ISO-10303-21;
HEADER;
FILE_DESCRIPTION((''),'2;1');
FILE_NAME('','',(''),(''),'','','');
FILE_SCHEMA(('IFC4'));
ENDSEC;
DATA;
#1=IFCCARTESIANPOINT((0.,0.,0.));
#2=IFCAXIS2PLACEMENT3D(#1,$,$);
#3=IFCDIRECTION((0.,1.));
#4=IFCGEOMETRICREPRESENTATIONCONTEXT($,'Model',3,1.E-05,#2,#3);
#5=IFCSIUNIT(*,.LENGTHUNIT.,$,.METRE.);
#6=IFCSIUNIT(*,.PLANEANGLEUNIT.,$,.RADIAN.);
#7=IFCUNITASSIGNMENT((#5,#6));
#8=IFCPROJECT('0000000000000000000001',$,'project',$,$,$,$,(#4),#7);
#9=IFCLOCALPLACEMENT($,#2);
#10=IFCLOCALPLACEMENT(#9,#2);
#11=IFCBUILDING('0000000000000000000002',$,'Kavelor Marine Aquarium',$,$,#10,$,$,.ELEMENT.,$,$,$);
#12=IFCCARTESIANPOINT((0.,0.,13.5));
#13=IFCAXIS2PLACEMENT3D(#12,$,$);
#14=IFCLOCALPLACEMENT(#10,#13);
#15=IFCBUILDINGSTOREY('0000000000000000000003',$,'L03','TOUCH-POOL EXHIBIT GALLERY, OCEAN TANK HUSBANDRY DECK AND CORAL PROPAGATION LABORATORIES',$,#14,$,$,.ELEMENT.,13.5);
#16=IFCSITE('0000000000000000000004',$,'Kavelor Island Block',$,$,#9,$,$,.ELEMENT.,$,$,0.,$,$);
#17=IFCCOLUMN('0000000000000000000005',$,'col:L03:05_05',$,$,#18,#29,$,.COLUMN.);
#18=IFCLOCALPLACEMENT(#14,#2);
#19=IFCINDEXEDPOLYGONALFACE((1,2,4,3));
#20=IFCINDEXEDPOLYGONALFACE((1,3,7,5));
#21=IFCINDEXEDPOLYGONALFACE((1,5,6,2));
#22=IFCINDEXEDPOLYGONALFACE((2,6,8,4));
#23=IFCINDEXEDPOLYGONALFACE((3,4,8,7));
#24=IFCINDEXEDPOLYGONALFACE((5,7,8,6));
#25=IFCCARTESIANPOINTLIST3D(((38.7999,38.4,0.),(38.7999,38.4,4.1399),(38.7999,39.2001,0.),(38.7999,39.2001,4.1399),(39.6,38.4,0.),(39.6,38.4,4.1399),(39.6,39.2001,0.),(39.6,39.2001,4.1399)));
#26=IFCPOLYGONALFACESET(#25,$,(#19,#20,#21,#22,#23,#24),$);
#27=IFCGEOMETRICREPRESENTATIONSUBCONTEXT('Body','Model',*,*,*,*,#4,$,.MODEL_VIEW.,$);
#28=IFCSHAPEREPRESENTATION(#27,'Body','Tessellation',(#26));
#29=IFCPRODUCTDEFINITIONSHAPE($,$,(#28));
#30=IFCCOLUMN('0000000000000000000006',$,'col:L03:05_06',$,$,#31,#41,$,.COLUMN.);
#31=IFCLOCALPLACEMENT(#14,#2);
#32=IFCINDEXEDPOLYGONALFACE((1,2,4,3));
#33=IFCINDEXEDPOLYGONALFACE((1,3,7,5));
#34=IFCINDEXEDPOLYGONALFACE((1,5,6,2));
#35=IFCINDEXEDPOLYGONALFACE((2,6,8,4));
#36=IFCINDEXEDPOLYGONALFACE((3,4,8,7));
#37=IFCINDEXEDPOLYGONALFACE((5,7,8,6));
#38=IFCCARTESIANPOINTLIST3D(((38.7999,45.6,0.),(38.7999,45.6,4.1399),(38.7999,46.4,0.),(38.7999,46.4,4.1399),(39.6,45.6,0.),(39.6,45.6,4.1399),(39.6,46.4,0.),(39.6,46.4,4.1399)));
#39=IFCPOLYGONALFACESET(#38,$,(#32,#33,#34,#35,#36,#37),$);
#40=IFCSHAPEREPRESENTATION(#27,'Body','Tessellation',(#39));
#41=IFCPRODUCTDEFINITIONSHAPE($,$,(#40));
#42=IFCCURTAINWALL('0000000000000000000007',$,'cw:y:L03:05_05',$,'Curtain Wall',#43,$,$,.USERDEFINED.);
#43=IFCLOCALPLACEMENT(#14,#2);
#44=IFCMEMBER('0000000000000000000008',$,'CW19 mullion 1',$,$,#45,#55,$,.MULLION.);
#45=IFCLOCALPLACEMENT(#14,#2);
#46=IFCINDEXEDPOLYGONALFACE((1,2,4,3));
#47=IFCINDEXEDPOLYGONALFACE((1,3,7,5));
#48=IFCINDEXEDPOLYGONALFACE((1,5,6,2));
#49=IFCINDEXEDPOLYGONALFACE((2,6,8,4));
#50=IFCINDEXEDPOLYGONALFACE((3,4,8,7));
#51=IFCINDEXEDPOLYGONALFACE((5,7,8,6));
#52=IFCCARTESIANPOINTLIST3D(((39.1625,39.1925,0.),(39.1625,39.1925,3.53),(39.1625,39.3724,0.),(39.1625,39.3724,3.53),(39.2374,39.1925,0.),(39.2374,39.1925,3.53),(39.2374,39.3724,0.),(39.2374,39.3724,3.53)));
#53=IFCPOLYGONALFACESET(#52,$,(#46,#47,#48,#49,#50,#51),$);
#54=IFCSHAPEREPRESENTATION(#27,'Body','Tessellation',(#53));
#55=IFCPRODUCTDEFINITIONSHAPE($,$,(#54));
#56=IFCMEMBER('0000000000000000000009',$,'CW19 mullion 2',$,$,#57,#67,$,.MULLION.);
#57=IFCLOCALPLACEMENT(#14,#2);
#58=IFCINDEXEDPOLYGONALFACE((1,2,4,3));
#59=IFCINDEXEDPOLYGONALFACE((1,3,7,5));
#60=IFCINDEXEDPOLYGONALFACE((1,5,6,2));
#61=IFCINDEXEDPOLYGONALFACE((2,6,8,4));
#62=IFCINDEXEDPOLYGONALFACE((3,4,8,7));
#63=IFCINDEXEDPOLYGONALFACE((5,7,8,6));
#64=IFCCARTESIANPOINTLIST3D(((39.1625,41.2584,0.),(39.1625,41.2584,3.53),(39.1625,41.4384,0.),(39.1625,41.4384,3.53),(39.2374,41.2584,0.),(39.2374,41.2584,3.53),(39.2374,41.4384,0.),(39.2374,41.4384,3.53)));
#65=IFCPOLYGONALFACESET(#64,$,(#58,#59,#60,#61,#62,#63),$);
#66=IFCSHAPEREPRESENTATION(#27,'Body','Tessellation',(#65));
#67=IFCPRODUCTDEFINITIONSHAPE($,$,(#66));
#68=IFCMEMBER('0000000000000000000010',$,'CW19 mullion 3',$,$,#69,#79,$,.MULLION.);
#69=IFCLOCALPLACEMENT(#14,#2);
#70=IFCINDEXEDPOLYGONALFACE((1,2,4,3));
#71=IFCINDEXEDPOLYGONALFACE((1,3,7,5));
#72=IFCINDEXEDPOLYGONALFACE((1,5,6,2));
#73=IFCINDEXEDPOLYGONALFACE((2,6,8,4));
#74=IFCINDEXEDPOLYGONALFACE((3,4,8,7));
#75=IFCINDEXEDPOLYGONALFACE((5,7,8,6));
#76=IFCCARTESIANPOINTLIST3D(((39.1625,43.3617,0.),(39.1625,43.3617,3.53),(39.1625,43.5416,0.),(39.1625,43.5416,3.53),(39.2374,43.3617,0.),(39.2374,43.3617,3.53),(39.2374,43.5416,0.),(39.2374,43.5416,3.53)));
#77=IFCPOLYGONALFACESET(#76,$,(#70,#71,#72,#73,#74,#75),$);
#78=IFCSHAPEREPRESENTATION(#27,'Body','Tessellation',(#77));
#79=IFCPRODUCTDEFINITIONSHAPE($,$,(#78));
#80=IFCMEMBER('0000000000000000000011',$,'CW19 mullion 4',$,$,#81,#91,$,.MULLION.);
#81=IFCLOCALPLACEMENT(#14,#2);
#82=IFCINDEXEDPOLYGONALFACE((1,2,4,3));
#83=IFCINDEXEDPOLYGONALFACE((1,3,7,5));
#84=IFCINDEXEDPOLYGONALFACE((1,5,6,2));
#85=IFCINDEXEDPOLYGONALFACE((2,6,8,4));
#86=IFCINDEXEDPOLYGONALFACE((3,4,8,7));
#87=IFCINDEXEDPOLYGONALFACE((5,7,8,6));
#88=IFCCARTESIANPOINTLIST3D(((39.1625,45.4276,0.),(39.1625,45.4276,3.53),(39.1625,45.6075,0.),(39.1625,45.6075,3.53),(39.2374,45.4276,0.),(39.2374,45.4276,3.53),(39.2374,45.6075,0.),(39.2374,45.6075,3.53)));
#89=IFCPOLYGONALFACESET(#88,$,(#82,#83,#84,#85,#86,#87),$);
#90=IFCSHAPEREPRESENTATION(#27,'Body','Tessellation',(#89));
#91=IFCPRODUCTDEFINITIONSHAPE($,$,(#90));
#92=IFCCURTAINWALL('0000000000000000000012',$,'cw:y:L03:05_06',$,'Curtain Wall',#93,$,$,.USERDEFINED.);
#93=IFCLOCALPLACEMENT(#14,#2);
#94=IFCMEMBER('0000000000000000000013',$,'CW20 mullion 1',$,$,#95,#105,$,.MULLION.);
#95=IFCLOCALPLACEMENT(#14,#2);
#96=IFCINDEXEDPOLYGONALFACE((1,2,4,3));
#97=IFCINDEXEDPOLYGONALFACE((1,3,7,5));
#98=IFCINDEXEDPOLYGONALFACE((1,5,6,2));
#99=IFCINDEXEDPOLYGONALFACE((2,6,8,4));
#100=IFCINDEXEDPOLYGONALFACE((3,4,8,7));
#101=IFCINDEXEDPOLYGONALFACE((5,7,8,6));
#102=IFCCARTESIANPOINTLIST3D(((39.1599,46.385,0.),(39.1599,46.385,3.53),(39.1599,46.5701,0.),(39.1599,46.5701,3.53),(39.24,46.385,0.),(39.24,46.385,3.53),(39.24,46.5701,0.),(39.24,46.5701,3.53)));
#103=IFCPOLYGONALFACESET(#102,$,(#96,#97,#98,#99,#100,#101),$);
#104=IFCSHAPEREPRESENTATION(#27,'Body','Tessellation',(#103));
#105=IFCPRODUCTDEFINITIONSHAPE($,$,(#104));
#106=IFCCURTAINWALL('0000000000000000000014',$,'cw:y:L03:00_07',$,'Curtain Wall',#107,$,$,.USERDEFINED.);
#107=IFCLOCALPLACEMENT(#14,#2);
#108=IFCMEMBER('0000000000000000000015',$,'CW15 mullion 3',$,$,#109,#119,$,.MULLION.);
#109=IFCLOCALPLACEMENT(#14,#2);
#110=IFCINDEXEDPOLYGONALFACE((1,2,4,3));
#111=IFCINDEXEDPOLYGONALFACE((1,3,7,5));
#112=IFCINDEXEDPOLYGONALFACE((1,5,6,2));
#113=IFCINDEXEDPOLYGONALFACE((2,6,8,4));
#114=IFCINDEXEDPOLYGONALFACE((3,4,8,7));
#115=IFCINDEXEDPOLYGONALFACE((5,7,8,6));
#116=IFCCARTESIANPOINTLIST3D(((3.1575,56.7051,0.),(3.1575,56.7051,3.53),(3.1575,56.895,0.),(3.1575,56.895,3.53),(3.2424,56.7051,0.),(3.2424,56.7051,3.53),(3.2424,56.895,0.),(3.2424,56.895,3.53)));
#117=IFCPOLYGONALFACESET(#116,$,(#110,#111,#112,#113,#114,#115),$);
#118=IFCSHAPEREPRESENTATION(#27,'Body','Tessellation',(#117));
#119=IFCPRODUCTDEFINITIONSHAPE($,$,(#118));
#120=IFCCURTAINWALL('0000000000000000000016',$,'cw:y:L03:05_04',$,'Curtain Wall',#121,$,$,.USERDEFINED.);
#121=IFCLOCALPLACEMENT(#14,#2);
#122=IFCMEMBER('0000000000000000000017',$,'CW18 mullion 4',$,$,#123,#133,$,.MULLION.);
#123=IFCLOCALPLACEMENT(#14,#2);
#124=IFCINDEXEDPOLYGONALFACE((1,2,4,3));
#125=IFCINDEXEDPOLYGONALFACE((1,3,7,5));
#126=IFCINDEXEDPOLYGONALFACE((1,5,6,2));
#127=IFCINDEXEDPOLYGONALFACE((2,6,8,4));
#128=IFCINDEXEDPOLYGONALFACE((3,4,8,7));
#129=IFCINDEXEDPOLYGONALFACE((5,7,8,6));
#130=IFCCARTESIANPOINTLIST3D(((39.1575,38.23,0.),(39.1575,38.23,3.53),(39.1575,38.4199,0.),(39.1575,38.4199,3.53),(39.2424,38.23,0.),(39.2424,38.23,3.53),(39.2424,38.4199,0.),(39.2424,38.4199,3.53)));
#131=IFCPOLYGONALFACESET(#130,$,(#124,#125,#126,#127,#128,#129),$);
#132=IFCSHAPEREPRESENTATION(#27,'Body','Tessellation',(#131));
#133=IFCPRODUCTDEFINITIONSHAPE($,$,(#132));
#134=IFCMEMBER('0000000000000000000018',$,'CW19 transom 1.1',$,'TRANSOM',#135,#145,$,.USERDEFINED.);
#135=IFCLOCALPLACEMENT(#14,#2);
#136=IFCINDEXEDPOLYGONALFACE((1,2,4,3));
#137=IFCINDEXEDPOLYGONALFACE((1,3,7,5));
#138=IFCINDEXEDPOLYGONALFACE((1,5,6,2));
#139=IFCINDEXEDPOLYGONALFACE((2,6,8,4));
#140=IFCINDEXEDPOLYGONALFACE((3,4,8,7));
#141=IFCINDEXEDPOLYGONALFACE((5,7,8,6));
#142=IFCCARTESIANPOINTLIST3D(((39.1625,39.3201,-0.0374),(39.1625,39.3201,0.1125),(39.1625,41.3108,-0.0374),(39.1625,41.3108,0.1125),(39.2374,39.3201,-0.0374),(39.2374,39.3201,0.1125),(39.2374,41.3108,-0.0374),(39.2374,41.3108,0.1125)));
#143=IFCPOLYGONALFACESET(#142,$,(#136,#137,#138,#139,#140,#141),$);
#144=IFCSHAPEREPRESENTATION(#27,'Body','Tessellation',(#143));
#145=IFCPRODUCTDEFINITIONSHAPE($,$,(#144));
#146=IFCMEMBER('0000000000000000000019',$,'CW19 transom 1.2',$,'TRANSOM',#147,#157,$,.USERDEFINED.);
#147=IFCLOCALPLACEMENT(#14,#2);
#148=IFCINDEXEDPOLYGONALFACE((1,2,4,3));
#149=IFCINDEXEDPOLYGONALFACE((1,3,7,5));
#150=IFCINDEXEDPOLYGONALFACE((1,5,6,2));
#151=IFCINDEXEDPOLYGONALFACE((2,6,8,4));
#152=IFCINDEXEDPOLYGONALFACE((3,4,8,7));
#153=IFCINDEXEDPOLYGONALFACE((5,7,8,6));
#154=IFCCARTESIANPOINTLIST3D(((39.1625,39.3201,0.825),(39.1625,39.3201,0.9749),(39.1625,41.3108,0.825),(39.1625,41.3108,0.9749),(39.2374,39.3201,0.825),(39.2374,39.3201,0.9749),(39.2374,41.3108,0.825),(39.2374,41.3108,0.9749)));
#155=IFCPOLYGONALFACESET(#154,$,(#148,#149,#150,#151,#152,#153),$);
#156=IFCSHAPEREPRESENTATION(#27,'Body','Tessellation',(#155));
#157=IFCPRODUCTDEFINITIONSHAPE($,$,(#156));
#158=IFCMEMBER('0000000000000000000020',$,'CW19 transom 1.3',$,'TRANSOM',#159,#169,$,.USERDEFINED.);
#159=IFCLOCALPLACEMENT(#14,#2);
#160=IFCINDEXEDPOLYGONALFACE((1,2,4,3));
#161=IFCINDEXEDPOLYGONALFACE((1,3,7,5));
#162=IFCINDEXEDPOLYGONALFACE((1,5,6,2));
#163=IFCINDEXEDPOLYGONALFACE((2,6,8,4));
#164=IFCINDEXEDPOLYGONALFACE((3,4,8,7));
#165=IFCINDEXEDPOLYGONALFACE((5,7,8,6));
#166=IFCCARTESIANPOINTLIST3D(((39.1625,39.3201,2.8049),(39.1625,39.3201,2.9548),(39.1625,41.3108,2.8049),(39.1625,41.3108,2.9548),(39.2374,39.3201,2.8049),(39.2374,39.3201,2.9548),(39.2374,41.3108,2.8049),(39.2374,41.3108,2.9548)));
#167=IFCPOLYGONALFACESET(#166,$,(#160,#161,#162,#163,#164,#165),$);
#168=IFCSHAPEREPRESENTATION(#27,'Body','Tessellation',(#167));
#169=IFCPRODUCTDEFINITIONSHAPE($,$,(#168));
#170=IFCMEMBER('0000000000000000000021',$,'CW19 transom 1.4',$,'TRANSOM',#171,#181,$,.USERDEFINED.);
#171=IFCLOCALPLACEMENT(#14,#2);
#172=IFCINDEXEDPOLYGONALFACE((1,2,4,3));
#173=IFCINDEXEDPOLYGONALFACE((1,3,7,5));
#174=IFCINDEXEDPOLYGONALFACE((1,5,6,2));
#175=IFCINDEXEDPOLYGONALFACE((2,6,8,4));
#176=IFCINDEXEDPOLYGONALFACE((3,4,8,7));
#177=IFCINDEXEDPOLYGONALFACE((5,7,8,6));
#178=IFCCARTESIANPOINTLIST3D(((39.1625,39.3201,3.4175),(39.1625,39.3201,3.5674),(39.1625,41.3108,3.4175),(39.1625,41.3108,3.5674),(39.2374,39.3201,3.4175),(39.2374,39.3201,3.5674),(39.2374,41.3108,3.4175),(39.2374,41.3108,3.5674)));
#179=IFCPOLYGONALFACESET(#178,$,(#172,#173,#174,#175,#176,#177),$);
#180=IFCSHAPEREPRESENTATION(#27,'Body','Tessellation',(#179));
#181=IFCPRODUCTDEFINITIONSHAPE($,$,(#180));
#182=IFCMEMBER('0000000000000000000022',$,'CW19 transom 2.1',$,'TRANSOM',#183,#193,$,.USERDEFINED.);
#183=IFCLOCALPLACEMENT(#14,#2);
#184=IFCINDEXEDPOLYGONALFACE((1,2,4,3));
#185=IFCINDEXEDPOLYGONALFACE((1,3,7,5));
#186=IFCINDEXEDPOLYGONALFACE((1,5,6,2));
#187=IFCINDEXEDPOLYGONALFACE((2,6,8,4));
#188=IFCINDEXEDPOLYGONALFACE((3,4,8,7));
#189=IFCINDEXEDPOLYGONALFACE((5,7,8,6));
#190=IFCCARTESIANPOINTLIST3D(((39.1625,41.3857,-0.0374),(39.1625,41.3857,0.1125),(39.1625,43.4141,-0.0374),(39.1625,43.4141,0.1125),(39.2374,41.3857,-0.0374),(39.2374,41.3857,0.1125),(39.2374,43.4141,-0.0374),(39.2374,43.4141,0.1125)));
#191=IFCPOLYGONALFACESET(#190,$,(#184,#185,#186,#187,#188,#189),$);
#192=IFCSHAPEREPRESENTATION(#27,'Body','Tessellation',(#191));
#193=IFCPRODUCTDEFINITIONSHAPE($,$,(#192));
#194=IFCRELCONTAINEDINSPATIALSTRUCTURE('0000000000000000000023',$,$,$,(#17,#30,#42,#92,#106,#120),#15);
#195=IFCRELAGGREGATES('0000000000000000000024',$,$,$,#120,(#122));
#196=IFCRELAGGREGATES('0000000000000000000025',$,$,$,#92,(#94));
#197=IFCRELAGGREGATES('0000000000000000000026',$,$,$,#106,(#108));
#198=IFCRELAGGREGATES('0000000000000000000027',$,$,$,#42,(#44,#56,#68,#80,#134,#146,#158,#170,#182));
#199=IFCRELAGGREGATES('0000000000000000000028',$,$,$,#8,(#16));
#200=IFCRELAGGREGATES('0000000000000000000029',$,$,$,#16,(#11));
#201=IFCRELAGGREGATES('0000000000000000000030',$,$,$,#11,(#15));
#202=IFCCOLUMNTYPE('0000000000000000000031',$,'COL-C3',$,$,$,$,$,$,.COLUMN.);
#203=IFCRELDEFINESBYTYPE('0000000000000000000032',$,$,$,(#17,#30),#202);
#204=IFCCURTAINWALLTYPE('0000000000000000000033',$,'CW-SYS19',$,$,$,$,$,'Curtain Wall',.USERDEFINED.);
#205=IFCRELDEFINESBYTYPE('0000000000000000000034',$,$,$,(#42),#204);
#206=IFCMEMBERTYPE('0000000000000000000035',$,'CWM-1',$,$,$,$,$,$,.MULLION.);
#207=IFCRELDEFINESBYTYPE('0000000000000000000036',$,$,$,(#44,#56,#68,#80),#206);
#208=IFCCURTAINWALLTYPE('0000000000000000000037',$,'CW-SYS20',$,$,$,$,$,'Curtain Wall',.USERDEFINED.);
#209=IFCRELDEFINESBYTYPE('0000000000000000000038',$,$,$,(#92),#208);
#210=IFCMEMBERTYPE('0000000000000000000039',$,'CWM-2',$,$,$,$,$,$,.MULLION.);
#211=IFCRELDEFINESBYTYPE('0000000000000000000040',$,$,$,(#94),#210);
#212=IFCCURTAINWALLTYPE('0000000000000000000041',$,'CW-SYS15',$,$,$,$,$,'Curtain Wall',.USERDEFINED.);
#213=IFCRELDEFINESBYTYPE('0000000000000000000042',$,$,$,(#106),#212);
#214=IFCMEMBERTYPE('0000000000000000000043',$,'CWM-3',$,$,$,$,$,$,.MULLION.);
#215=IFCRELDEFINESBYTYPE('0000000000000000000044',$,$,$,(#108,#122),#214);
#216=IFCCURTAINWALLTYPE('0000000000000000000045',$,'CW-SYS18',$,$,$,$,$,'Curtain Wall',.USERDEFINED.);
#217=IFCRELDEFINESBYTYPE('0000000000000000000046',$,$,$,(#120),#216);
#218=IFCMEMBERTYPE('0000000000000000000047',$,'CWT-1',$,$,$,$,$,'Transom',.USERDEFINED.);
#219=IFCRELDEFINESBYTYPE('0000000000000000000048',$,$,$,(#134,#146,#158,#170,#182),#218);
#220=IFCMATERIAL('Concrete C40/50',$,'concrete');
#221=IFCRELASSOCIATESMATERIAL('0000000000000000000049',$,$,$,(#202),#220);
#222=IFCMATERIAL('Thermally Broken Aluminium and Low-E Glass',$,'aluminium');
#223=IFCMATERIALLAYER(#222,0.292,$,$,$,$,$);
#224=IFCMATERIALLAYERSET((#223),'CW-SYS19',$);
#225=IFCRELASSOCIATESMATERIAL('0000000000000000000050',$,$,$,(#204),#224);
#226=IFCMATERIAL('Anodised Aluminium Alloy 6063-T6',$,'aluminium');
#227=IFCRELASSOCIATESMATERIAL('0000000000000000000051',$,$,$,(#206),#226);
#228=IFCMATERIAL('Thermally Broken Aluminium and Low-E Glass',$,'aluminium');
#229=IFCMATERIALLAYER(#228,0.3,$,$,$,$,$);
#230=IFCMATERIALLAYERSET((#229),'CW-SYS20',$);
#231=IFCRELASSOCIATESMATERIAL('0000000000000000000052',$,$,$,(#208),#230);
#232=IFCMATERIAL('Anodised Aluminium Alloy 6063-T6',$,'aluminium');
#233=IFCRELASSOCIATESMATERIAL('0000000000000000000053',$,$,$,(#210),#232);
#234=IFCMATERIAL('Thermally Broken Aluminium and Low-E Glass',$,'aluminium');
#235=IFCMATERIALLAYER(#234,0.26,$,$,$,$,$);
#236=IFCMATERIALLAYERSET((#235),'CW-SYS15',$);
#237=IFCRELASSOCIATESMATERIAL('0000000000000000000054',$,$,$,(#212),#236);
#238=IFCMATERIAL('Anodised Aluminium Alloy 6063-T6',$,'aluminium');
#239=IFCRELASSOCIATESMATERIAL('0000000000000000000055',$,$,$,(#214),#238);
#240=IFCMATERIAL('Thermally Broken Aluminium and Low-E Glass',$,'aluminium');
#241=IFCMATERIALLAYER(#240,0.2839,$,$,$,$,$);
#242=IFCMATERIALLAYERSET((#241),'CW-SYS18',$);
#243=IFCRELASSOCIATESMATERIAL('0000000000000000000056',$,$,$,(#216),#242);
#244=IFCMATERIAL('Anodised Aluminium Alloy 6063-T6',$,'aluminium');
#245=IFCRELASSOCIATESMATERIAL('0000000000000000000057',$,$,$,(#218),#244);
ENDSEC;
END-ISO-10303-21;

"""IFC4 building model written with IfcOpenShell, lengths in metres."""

from ifc_helpers import new_model, si_unit, direction, frame, origin, origin_2d, place, context, subcontext, project, spatial, rectangle, extrude, material, layer, layer_set, material_profile, profile_set, type_object, element, aggregate, save


model = new_model("IFC4")

# Units and contexts
model_context = context("Model", 3, precision=1e-05, world=origin(), true_north=direction((0.0, 1.0)))
body_context = subcontext(model_context, "Body", "Model", "MODEL_VIEW")
ifc_project = project(units=[si_unit("LENGTHUNIT", "METRE"), si_unit("PLANEANGLEUNIT", "RADIAN")], contexts=[model_context])

# Site, building, storey
site_placement = place(None, origin())
site = spatial("IfcSite", under=ifc_project, at=site_placement, Name="Kavelor Island Block", CompositionType="ELEMENT", RefElevation=0.0)
building_placement = place(site_placement, origin())
building = spatial("IfcBuilding", under=site, at=building_placement, Name="Kavelor Marine Aquarium", CompositionType="ELEMENT")
storey_placement = place(building_placement, frame((0.0, 0.0, 13.5)))
storey = spatial("IfcBuildingStorey", under=building, at=storey_placement, Name="L03", Description="TOUCH-POOL EXHIBIT GALLERY, OCEAN TANK HUSBANDRY DECK AND CORAL PROPAGATION LABORATORIES", CompositionType="ELEMENT", Elevation=13.5)

# Columns
ifc_material_1 = material(Name="Concrete C40/50", Category="concrete")
ifc_material_profile_1 = material_profile(ifc_material_1, rectangle(XDim=0.8, YDim=0.8, at=origin_2d()), Name="RC-COL 800x800")
ifc_profile_set_1 = profile_set([ifc_material_profile_1], Name="Concrete C40/50")
column_type = type_object("IfcColumnType", Name="COL-C3", PredefinedType="COLUMN", material=ifc_profile_set_1)
for number, where, z_axis, x_axis, name in (
    (1, (39.2, 38.8, 0.0), (0.0, 0.0, 1.0), (1.0, 0.0, 0.0), "col:L03:05_05"),
    (2, (39.2, 46.0, 0.0), (0.0, 0.0, 1.0), (1.0, 0.0, 0.0), "col:L03:05_06"),
):
    element("IfcColumn", number, at=place(storey_placement, frame(where, z_axis=z_axis, x_axis=x_axis)), inside=storey, type_object=column_type, Name=name, PredefinedType="COLUMN", context=body_context, shape_type="SweptSolid", body=[
        extrude(rectangle(XDim=0.8, YDim=0.8, at=origin_2d()), origin(), (0.0, 0.0, 1.0), 4.1399),
    ])

# Curtain wall, members
ifc_material_2 = material(Name="Thermally Broken Aluminium and Low-E Glass", Category="aluminium")
ifc_layer_1 = layer(ifc_material_2, 0.292)
ifc_layer_set_1 = layer_set([ifc_layer_1], Name="CW-SYS19")
curtain_wall_type_1 = type_object("IfcCurtainWallType", Name="CW-SYS19", ElementType="Curtain Wall", PredefinedType="USERDEFINED", material=ifc_layer_set_1)
curtain_wall_1_placement = place(storey_placement, origin())
curtain_wall_1 = element("IfcCurtainWall", 3, at=curtain_wall_1_placement, inside=storey, type_object=curtain_wall_type_1, Name="cw:y:L03:05_05", ObjectType="Curtain Wall", PredefinedType="USERDEFINED")
ifc_material_3 = material(Name="Anodised Aluminium Alloy 6063-T6", Category="aluminium")
ifc_material_profile_2 = material_profile(ifc_material_3, rectangle(XDim=0.075, YDim=0.1799, at=origin_2d()), Name="CW-MUL 75x180")
ifc_profile_set_2 = profile_set([ifc_material_profile_2], Name="Anodised Aluminium Alloy 6063-T6")
member_type_1 = type_object("IfcMemberType", Name="CWM-1", PredefinedType="MULLION", material=ifc_profile_set_2)
member_1_placement = place(storey_placement, frame((39.2, 39.2825, 0.0), z_axis=(0.0, 0.0, 1.0), x_axis=(-1.0, 0.0, 0.0)))
member_1 = element("IfcMember", 4, at=member_1_placement, type_object=member_type_1, Name="CW19 mullion 1", PredefinedType="MULLION", context=body_context, shape_type="SweptSolid", body=[
    extrude(rectangle(XDim=0.075, YDim=0.1799, at=origin_2d()), origin(), (0.0, 0.0, 1.0), 3.53),
])
member_2_placement = place(storey_placement, frame((39.2, 41.3484, 0.0), z_axis=(0.0, 0.0, 1.0), x_axis=(-1.0, 0.0, 0.0)))
member_2 = element("IfcMember", 5, at=member_2_placement, type_object=member_type_1, Name="CW19 mullion 2", PredefinedType="MULLION", context=body_context, shape_type="SweptSolid", body=[
    extrude(rectangle(XDim=0.075, YDim=0.1799, at=origin_2d()), origin(), (0.0, 0.0, 1.0), 3.53),
])
member_3_placement = place(storey_placement, frame((39.2, 43.4517, 0.0), z_axis=(0.0, 0.0, 1.0), x_axis=(-1.0, 0.0, 0.0)))
member_3 = element("IfcMember", 6, at=member_3_placement, type_object=member_type_1, Name="CW19 mullion 3", PredefinedType="MULLION", context=body_context, shape_type="SweptSolid", body=[
    extrude(rectangle(XDim=0.075, YDim=0.1799, at=origin_2d()), origin(), (0.0, 0.0, 1.0), 3.53),
])
member_4_placement = place(storey_placement, frame((39.2, 45.5176, 0.0), z_axis=(0.0, 0.0, 1.0), x_axis=(-1.0, 0.0, 0.0)))
member_4 = element("IfcMember", 7, at=member_4_placement, type_object=member_type_1, Name="CW19 mullion 4", PredefinedType="MULLION", context=body_context, shape_type="SweptSolid", body=[
    extrude(rectangle(XDim=0.075, YDim=0.1799, at=origin_2d()), origin(), (0.0, 0.0, 1.0), 3.53),
])

# Curtain walls, members
ifc_material_4 = material(Name="Thermally Broken Aluminium and Low-E Glass", Category="aluminium")
ifc_layer_2 = layer(ifc_material_4, 0.3)
ifc_layer_set_2 = layer_set([ifc_layer_2], Name="CW-SYS20")
curtain_wall_type_2 = type_object("IfcCurtainWallType", Name="CW-SYS20", ElementType="Curtain Wall", PredefinedType="USERDEFINED", material=ifc_layer_set_2)
curtain_wall_2_placement = place(storey_placement, origin())
curtain_wall_2 = element("IfcCurtainWall", 8, at=curtain_wall_2_placement, inside=storey, type_object=curtain_wall_type_2, Name="cw:y:L03:05_06", ObjectType="Curtain Wall", PredefinedType="USERDEFINED")
ifc_material_5 = material(Name="Anodised Aluminium Alloy 6063-T6", Category="aluminium")
ifc_material_profile_3 = material_profile(ifc_material_5, rectangle(XDim=0.0801, YDim=0.1851, at=origin_2d()), Name="CW-MUL 80x185")
ifc_profile_set_3 = profile_set([ifc_material_profile_3], Name="Anodised Aluminium Alloy 6063-T6")
member_type_2 = type_object("IfcMemberType", Name="CWM-2", PredefinedType="MULLION", material=ifc_profile_set_3)
member_5_placement = place(storey_placement, frame((39.2, 46.4775, 0.0), z_axis=(0.0, 0.0, 1.0), x_axis=(-1.0, 0.0, 0.0)))
member_5 = element("IfcMember", 9, at=member_5_placement, type_object=member_type_2, Name="CW20 mullion 1", PredefinedType="MULLION", context=body_context, shape_type="SweptSolid", body=[
    extrude(rectangle(XDim=0.0801, YDim=0.1851, at=origin_2d()), origin(), (0.0, 0.0, 1.0), 3.53),
])
ifc_material_6 = material(Name="Thermally Broken Aluminium and Low-E Glass", Category="aluminium")
ifc_layer_3 = layer(ifc_material_6, 0.26)
ifc_layer_set_3 = layer_set([ifc_layer_3], Name="CW-SYS15")
curtain_wall_type_3 = type_object("IfcCurtainWallType", Name="CW-SYS15", ElementType="Curtain Wall", PredefinedType="USERDEFINED", material=ifc_layer_set_3)
curtain_wall_3_placement = place(storey_placement, origin())
curtain_wall_3 = element("IfcCurtainWall", 10, at=curtain_wall_3_placement, inside=storey, type_object=curtain_wall_type_3, Name="cw:y:L03:00_07", ObjectType="Curtain Wall", PredefinedType="USERDEFINED")
ifc_material_7 = material(Name="Anodised Aluminium Alloy 6063-T6", Category="aluminium")
ifc_material_profile_4 = material_profile(ifc_material_7, rectangle(XDim=0.085, YDim=0.1899, at=origin_2d()), Name="CW-MUL 85x190")
ifc_profile_set_4 = profile_set([ifc_material_profile_4], Name="Anodised Aluminium Alloy 6063-T6")
member_type_3 = type_object("IfcMemberType", Name="CWM-3", PredefinedType="MULLION", material=ifc_profile_set_4)
member_6_placement = place(storey_placement, frame((3.2, 56.8, 0.0), z_axis=(0.0, 0.0, 1.0), x_axis=(1.0, 0.0, 0.0)))
member_6 = element("IfcMember", 11, at=member_6_placement, type_object=member_type_3, Name="CW15 mullion 3", PredefinedType="MULLION", context=body_context, shape_type="SweptSolid", body=[
    extrude(rectangle(XDim=0.085, YDim=0.1899, at=origin_2d()), origin(), (0.0, 0.0, 1.0), 3.53),
])
ifc_material_8 = material(Name="Thermally Broken Aluminium and Low-E Glass", Category="aluminium")
ifc_layer_4 = layer(ifc_material_8, 0.2839)
ifc_layer_set_4 = layer_set([ifc_layer_4], Name="CW-SYS18")
curtain_wall_type_4 = type_object("IfcCurtainWallType", Name="CW-SYS18", ElementType="Curtain Wall", PredefinedType="USERDEFINED", material=ifc_layer_set_4)
curtain_wall_4_placement = place(storey_placement, origin())
curtain_wall_4 = element("IfcCurtainWall", 12, at=curtain_wall_4_placement, inside=storey, type_object=curtain_wall_type_4, Name="cw:y:L03:05_04", ObjectType="Curtain Wall", PredefinedType="USERDEFINED")
member_7_placement = place(storey_placement, frame((39.2, 38.325, 0.0), z_axis=(0.0, 0.0, 1.0), x_axis=(-1.0, 0.0, 0.0)))
member_7 = element("IfcMember", 13, at=member_7_placement, type_object=member_type_3, Name="CW18 mullion 4", PredefinedType="MULLION", context=body_context, shape_type="SweptSolid", body=[
    extrude(rectangle(XDim=0.085, YDim=0.1899, at=origin_2d()), origin(), (0.0, 0.0, 1.0), 3.53),
])
aggregate(curtain_wall_4, [member_7])

# Members
ifc_material_9 = material(Name="Anodised Aluminium Alloy 6063-T6", Category="aluminium")
ifc_material_profile_5 = material_profile(ifc_material_9, rectangle(XDim=0.075, YDim=0.1499, at=origin_2d()), Name="CW-TRN 75x150")
ifc_profile_set_5 = profile_set([ifc_material_profile_5], Name="Anodised Aluminium Alloy 6063-T6")
member_type_4 = type_object("IfcMemberType", Name="CWT-1", ElementType="Transom", PredefinedType="USERDEFINED", material=ifc_profile_set_5)
member_8_placement = place(storey_placement, frame((39.2, 39.3201, 0.0376), z_axis=(0.0, 1.0, 0.0), x_axis=(-1.0, 0.0, 0.0)))
member_8 = element("IfcMember", 14, at=member_8_placement, type_object=member_type_4, Name="CW19 transom 1.1", ObjectType="TRANSOM", PredefinedType="USERDEFINED", context=body_context, shape_type="SweptSolid", body=[
    extrude(rectangle(XDim=0.075, YDim=0.1499, at=origin_2d()), origin(), (0.0, 0.0, 1.0), 1.9907),
])
member_9_placement = place(storey_placement, frame((39.2, 39.3201, 0.8999), z_axis=(0.0, 1.0, 0.0), x_axis=(-1.0, 0.0, 0.0)))
member_9 = element("IfcMember", 15, at=member_9_placement, type_object=member_type_4, Name="CW19 transom 1.2", ObjectType="TRANSOM", PredefinedType="USERDEFINED", context=body_context, shape_type="SweptSolid", body=[
    extrude(rectangle(XDim=0.075, YDim=0.1499, at=origin_2d()), origin(), (0.0, 0.0, 1.0), 1.9907),
])
member_10_placement = place(storey_placement, frame((39.2, 39.3201, 2.8799), z_axis=(0.0, 1.0, 0.0), x_axis=(-1.0, 0.0, 0.0)))
member_10 = element("IfcMember", 16, at=member_10_placement, type_object=member_type_4, Name="CW19 transom 1.3", ObjectType="TRANSOM", PredefinedType="USERDEFINED", context=body_context, shape_type="SweptSolid", body=[
    extrude(rectangle(XDim=0.075, YDim=0.1499, at=origin_2d()), origin(), (0.0, 0.0, 1.0), 1.9907),
])
member_11_placement = place(storey_placement, frame((39.2, 39.3201, 3.4924), z_axis=(0.0, 1.0, 0.0), x_axis=(-1.0, 0.0, 0.0)))
member_11 = element("IfcMember", 17, at=member_11_placement, type_object=member_type_4, Name="CW19 transom 1.4", ObjectType="TRANSOM", PredefinedType="USERDEFINED", context=body_context, shape_type="SweptSolid", body=[
    extrude(rectangle(XDim=0.075, YDim=0.1499, at=origin_2d()), origin(), (0.0, 0.0, 1.0), 1.9907),
])
member_12_placement = place(storey_placement, frame((39.2, 41.3857, 0.0376), z_axis=(0.0, 1.0, 0.0), x_axis=(-1.0, 0.0, 0.0)))
member_12 = element("IfcMember", 18, at=member_12_placement, type_object=member_type_4, Name="CW19 transom 2.1", ObjectType="TRANSOM", PredefinedType="USERDEFINED", context=body_context, shape_type="SweptSolid", body=[
    extrude(rectangle(XDim=0.075, YDim=0.1499, at=origin_2d()), origin(), (0.0, 0.0, 1.0), 2.0283),
])
aggregate(curtain_wall_2, [member_5])

aggregate(curtain_wall_3, [member_6])
aggregate(curtain_wall_1, [member_1, member_2, member_3, member_4, member_8, member_9, member_10, member_11, member_12])

save(model, "model.ifc")
